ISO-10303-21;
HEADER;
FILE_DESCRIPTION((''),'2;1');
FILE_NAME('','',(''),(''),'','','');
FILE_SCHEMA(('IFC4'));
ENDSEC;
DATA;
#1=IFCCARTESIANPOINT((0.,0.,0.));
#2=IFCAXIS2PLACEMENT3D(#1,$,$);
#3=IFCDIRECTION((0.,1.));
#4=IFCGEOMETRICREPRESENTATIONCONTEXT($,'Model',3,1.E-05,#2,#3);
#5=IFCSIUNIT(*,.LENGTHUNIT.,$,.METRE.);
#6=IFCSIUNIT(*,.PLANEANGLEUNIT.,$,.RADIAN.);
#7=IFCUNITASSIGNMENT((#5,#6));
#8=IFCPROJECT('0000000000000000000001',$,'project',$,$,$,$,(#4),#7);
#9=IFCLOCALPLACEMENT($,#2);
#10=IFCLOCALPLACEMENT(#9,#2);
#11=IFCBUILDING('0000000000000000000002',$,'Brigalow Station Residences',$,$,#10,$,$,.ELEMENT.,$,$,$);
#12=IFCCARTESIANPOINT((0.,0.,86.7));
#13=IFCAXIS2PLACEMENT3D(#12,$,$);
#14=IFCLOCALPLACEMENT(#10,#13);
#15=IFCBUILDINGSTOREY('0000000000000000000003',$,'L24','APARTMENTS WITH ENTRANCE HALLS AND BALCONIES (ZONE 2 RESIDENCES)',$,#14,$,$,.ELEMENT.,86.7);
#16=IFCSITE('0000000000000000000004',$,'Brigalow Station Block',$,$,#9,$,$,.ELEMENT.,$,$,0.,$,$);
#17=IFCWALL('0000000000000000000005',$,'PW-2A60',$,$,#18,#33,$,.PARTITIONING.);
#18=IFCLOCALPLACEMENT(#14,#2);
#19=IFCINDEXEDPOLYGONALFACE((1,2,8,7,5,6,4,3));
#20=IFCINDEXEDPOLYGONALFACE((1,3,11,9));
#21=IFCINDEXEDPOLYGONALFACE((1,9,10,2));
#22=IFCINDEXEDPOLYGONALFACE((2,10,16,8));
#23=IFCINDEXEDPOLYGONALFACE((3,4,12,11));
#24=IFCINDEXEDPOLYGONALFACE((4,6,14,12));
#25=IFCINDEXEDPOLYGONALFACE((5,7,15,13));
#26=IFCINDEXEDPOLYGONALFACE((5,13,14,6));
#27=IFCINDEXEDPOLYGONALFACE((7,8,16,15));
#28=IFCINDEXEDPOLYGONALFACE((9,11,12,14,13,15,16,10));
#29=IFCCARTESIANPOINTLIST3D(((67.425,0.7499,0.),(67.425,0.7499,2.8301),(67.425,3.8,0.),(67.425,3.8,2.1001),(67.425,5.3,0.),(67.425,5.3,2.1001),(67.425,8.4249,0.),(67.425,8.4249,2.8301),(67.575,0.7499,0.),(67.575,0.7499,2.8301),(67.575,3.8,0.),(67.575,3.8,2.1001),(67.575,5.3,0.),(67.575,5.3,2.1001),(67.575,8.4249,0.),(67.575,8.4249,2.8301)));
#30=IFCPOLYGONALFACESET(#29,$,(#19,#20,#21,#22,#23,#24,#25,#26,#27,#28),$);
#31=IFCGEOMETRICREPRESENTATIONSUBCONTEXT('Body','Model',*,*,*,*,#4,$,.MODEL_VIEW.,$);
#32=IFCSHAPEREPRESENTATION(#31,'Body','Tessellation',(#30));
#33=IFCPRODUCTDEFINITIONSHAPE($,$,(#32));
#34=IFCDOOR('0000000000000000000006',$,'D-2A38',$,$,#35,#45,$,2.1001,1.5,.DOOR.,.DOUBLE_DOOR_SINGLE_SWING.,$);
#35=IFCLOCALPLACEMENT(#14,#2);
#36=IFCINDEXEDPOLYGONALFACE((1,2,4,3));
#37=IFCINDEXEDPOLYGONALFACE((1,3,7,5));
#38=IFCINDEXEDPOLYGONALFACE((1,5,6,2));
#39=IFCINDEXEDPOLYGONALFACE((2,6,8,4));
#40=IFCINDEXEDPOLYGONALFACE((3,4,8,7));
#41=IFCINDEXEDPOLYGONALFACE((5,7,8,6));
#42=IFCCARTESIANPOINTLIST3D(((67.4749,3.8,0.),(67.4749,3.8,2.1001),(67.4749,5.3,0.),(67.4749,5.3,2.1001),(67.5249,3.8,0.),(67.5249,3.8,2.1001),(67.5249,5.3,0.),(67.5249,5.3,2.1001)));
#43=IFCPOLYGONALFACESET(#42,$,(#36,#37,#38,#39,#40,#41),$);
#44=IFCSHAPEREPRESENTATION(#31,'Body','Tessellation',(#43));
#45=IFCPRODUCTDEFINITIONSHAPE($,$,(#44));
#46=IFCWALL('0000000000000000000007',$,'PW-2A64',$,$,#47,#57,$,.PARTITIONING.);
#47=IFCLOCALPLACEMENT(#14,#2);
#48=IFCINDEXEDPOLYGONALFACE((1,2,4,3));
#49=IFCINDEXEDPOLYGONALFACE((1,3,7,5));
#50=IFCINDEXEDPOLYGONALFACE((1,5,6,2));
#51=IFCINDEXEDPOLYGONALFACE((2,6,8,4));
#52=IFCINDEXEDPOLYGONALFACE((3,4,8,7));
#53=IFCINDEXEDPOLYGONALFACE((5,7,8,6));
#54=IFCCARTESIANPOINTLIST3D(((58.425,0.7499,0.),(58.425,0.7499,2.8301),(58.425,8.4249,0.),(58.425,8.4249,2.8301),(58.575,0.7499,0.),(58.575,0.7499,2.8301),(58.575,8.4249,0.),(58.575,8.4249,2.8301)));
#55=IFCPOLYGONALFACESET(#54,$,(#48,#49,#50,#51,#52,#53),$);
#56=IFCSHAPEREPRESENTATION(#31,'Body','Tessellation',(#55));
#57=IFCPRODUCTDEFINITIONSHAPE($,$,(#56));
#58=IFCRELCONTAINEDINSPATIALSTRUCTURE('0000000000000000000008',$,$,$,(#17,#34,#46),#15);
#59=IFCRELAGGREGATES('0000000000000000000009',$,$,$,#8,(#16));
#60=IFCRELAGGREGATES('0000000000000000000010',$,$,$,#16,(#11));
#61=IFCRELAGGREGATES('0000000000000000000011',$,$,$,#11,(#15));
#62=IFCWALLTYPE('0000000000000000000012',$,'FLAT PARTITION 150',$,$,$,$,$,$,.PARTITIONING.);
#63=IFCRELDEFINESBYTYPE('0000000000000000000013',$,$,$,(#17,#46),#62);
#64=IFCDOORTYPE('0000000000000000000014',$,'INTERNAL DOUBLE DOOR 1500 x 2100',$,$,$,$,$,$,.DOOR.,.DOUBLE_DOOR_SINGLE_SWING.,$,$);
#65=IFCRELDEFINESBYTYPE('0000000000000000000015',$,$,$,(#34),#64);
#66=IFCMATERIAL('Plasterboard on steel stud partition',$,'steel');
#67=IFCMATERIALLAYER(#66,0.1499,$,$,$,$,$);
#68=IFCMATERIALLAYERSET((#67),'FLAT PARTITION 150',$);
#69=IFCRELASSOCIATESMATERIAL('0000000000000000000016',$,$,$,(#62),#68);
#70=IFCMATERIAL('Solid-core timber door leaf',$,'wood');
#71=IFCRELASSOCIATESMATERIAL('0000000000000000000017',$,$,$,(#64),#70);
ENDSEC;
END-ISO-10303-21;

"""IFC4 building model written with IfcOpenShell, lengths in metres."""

from ifc_helpers import new_model, si_unit, direction, frame, frame_2d, origin, place, context, subcontext, project, spatial, rectangle, extrude, material, layer, layer_set, type_object, element, fill, save


model = new_model("IFC4")

# Units and contexts
model_context = context("Model", 3, precision=1e-05, world=origin(), true_north=direction((0.0, 1.0)))
body_context = subcontext(model_context, "Body", "Model", "MODEL_VIEW")
ifc_project = project(units=[si_unit("LENGTHUNIT", "METRE"), si_unit("PLANEANGLEUNIT", "RADIAN")], contexts=[model_context])

# Site, building, storey
site_placement = place(None, origin())
site = spatial("IfcSite", under=ifc_project, at=site_placement, Name="Brigalow Station Block", CompositionType="ELEMENT", RefElevation=0.0)
building_placement = place(site_placement, origin())
building = spatial("IfcBuilding", under=site, at=building_placement, Name="Brigalow Station Residences", CompositionType="ELEMENT")
storey_placement = place(building_placement, frame((0.0, 0.0, 86.7)))
storey = spatial("IfcBuildingStorey", under=building, at=storey_placement, Name="L24", Description="APARTMENTS WITH ENTRANCE HALLS AND BALCONIES (ZONE 2 RESIDENCES)", CompositionType="ELEMENT", Elevation=86.7)

# Shared definitions
ifc_material_1 = material(Name="Plasterboard on steel stud partition", Category="steel")
ifc_layer_1 = layer(ifc_material_1, 0.1499)
ifc_layer_set_1 = layer_set([ifc_layer_1], Name="FLAT PARTITION 150")
wall_type_1 = type_object("IfcWallType", Name="FLAT PARTITION 150", PredefinedType="PARTITIONING", material=ifc_layer_set_1)

# Wall, opening, door
wall_1_placement = place(storey_placement, frame((67.5, 0.75, 0.0), z_axis=(0.0, 0.0, 1.0), x_axis=(0.0, 1.0, 0.0)))
wall_1 = element("IfcWall", 1, at=wall_1_placement, inside=storey, type_object=wall_type_1, Name="PW-2A60", PredefinedType="PARTITIONING", context=body_context, shape_type="SweptSolid", body=[
    extrude(rectangle(XDim=7.675, YDim=0.1499, at=frame_2d((3.8374, 0.0))), origin(), (0.0, 0.0, 1.0), 2.8301),
])
opening_1_placement = place(wall_1_placement, frame((3.05, 0.0, 0.0)))
opening_1 = element("IfcOpeningElement", 2, at=opening_1_placement, cuts=wall_1, PredefinedType="OPENING", context=body_context, shape_type="SweptSolid", body=[
    extrude(rectangle(XDim=1.5, YDim=2.1001, at=frame_2d((0.75, 1.05))), frame((0.0, 0.085, 0.0), z_axis=(0.0, -1.0, 0.0), x_axis=(1.0, 0.0, 0.0)), (0.0, 0.0, 1.0), 0.1699),
])
ifc_material_2 = material(Name="Solid-core timber door leaf", Category="wood")
door_type = type_object("IfcDoorType", Name="INTERNAL DOUBLE DOOR 1500 x 2100", OperationType="DOUBLE_DOOR_SINGLE_SWING", PredefinedType="DOOR", material=ifc_material_2)
door_placement = place(opening_1_placement, frame((1.5, 0.0, 0.0), z_axis=(0.0, 0.0, 1.0), x_axis=(-1.0, 0.0, 0.0)))
door = element("IfcDoor", 3, at=door_placement, inside=storey, type_object=door_type, Name="D-2A38", OperationType="DOUBLE_DOOR_SINGLE_SWING", OverallHeight=2.1001, OverallWidth=1.5, PredefinedType="DOOR", context=body_context, shape_type="SweptSolid", body=[
    extrude(rectangle(XDim=1.5, YDim=2.1001, at=frame_2d((0.75, 1.05))), frame((0.0, 0.0249, 0.0), z_axis=(0.0, -1.0, 0.0), x_axis=(1.0, 0.0, 0.0)), (0.0, 0.0, 1.0), 0.05),
])
fill(opening_1, door)

# Wall
wall_2_placement = place(storey_placement, frame((58.5, 0.75, 0.0), z_axis=(0.0, 0.0, 1.0), x_axis=(0.0, 1.0, 0.0)))
element("IfcWall", 4, at=wall_2_placement, inside=storey, type_object=wall_type_1, Name="PW-2A64", PredefinedType="PARTITIONING", context=body_context, shape_type="SweptSolid", body=[
    extrude(rectangle(XDim=7.675, YDim=0.1499, at=frame_2d((3.8374, 0.0))), origin(), (0.0, 0.0, 1.0), 2.8301),
])

save(model, "model.ifc")
